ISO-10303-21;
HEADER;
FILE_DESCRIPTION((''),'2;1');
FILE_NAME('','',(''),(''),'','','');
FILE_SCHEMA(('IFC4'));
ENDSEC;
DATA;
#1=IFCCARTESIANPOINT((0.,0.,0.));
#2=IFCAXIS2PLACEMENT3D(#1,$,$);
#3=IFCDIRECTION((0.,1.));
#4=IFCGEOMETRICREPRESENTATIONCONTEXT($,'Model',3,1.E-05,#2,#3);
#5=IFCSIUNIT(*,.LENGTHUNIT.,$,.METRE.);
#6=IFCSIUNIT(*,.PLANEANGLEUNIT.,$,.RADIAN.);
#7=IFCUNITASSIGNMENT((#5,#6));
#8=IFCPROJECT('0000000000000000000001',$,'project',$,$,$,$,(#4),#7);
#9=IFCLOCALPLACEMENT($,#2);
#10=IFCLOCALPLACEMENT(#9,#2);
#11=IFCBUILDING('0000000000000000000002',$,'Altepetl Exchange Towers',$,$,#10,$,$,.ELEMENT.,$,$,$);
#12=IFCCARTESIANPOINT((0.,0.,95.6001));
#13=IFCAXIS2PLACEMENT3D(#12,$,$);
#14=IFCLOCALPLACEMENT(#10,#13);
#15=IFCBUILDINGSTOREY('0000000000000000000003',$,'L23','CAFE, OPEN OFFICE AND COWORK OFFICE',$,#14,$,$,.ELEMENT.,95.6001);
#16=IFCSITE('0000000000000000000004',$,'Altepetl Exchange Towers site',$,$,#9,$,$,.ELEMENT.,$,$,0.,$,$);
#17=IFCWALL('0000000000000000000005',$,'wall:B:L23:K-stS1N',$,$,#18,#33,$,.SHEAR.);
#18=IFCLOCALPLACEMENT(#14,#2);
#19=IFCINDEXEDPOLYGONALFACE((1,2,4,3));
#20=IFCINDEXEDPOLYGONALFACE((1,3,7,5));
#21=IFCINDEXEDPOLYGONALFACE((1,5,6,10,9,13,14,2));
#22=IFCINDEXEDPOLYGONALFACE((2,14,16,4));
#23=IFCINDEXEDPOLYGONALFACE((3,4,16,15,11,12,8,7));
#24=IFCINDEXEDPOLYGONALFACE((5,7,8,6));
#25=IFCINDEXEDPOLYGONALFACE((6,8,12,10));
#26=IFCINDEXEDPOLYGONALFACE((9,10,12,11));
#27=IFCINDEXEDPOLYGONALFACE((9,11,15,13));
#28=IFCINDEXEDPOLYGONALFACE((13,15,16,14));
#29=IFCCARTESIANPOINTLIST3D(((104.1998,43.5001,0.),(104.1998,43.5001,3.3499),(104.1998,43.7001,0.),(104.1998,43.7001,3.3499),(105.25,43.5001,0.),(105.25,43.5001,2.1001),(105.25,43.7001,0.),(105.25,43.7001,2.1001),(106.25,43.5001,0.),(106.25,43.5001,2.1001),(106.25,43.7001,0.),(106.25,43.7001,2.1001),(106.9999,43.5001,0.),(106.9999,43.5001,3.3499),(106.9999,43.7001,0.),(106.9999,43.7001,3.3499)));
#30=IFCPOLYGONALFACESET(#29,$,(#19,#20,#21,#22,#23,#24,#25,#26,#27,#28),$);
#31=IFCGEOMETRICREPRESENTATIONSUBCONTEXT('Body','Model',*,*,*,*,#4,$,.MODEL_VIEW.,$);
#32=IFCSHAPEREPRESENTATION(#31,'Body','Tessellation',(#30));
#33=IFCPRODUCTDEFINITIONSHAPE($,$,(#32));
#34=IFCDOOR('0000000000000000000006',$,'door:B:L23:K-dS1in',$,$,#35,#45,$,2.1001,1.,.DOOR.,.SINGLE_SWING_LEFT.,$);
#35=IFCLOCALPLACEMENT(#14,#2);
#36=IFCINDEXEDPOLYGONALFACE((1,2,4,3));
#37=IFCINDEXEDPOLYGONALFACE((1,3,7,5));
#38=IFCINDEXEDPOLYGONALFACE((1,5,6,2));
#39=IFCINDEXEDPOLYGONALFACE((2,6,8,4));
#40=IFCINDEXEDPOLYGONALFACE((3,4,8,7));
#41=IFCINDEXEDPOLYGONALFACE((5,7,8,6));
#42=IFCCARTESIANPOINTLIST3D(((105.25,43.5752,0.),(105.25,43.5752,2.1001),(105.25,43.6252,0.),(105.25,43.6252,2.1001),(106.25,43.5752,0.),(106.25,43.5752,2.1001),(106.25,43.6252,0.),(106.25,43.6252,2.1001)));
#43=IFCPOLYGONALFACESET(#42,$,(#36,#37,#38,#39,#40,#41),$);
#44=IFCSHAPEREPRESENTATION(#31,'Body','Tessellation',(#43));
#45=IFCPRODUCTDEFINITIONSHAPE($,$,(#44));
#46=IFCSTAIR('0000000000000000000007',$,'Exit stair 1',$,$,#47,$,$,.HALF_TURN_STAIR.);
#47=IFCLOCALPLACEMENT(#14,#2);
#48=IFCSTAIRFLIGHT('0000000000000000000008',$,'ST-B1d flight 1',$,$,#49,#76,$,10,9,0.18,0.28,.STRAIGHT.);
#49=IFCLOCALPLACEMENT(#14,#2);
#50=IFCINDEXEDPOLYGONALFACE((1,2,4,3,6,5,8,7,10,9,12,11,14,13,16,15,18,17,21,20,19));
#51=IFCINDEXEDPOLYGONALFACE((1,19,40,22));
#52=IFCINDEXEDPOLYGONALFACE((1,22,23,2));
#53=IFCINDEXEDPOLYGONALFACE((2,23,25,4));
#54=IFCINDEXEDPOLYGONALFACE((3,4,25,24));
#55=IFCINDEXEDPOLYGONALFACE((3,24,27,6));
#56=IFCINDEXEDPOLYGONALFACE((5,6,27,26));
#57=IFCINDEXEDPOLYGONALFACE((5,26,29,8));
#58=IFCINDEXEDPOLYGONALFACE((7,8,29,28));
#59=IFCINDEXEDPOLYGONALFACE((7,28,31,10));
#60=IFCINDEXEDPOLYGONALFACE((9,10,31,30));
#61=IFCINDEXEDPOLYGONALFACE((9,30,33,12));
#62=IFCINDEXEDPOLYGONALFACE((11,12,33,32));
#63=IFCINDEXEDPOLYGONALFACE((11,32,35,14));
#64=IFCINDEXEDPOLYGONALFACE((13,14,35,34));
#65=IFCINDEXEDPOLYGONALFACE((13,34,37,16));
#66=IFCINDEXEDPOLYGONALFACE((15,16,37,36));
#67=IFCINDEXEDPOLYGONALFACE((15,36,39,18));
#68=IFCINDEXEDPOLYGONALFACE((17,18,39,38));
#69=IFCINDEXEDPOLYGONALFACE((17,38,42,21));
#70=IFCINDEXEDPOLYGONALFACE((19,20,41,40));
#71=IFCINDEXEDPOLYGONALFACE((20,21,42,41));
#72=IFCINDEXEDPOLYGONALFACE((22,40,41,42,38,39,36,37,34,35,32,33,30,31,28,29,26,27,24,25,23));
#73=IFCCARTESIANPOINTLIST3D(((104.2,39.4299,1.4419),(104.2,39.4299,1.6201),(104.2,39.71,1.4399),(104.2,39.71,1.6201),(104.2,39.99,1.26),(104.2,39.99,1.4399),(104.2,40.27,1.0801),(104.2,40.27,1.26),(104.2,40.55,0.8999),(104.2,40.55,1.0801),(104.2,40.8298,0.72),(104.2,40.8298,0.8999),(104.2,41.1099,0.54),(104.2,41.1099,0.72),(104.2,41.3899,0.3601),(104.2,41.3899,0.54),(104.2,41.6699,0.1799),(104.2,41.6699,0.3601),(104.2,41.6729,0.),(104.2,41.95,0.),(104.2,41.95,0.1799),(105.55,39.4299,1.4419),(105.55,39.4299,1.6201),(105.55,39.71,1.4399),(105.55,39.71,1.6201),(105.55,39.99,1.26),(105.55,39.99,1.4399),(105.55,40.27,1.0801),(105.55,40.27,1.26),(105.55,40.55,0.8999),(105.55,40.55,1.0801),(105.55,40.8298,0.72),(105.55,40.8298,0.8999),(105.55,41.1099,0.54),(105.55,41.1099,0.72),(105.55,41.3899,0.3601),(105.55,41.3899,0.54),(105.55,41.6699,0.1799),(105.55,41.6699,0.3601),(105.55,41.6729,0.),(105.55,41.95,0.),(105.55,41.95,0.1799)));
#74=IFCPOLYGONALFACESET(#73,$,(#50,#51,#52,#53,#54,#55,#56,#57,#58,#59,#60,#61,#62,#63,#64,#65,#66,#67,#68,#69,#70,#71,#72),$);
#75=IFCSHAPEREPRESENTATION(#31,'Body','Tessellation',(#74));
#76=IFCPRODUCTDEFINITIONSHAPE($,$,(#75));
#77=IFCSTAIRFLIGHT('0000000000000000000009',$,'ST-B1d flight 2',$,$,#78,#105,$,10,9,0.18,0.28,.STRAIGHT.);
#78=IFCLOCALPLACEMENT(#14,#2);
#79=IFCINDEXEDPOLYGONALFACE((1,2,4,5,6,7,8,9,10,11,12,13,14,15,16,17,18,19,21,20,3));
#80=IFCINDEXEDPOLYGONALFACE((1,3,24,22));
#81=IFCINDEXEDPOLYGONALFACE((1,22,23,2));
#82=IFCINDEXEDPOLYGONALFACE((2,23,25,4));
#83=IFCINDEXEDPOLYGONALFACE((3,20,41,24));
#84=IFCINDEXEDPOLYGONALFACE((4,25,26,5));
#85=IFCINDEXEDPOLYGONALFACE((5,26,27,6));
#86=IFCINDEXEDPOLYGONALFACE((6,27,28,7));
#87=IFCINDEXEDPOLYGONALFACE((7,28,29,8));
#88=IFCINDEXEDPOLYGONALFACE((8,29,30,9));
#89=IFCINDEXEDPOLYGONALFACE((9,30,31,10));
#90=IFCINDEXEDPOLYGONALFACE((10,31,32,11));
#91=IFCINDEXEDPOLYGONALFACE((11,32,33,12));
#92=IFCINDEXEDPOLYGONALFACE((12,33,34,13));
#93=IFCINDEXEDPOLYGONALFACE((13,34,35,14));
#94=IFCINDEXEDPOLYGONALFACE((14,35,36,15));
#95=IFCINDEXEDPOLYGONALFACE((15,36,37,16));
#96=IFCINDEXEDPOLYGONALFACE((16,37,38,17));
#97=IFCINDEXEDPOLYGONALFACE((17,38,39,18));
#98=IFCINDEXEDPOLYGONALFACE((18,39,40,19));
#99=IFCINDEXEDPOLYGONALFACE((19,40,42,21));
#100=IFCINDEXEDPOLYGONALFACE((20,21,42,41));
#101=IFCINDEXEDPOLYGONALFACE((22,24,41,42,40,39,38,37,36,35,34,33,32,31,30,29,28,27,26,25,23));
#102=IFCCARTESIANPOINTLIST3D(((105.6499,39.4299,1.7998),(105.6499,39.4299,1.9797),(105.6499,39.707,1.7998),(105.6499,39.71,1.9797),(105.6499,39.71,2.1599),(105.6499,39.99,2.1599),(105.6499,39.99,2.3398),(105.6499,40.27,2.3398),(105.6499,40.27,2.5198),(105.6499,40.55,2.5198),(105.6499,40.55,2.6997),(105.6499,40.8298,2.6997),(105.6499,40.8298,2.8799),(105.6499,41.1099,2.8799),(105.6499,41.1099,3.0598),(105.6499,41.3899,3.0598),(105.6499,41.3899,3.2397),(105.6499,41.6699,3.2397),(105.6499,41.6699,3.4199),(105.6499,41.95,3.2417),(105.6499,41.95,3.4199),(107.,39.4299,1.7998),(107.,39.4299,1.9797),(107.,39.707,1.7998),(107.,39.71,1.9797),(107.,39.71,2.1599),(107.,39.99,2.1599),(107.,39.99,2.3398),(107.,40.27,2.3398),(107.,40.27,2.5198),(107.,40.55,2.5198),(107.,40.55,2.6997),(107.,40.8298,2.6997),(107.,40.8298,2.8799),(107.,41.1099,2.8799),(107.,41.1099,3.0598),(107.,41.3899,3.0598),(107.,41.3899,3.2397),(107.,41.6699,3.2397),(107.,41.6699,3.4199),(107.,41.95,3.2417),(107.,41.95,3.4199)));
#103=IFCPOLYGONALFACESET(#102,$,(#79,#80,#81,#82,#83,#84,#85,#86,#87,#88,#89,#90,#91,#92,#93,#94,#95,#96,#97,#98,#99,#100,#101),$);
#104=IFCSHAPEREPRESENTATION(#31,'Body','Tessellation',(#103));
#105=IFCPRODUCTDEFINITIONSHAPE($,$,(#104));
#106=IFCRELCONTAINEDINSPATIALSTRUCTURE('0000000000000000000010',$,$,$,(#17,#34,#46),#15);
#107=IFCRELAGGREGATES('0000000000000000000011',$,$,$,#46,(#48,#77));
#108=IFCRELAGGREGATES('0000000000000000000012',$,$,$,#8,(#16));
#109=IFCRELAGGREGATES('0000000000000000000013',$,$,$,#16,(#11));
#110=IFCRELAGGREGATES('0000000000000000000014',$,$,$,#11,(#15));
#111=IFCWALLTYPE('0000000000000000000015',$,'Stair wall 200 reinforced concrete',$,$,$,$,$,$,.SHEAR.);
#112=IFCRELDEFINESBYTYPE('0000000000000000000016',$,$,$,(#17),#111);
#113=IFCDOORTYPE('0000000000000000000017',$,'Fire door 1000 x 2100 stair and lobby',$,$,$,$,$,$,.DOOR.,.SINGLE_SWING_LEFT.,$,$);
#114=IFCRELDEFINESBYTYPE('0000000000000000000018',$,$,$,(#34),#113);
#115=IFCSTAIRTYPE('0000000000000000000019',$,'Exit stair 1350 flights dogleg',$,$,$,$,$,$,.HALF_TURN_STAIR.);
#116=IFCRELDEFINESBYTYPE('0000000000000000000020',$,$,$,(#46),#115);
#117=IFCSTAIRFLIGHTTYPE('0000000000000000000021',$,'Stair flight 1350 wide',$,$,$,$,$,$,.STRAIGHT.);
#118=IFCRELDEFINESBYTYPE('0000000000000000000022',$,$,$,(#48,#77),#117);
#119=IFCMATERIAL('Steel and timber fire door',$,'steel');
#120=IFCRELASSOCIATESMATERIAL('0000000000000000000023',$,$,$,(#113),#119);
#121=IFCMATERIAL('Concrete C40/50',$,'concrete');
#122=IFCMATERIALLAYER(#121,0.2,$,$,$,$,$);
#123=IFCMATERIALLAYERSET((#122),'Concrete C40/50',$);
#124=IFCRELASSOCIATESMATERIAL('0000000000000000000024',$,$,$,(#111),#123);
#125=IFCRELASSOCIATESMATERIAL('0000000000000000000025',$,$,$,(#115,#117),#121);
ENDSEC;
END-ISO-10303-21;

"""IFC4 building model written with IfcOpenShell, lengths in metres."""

from ifc_helpers import new_model, si_unit, direction, frame, frame_2d, origin, place, context, subcontext, project, spatial, polyline, rectangle, outline, extrude, material, layer, layer_set, type_object, element, fill, aggregate, save


model = new_model("IFC4")

# Units and contexts
model_context = context("Model", 3, precision=1e-05, world=origin(), true_north=direction((0.0, 1.0)))
body_context = subcontext(model_context, "Body", "Model", "MODEL_VIEW")
ifc_project = project(units=[si_unit("LENGTHUNIT", "METRE"), si_unit("PLANEANGLEUNIT", "RADIAN")], contexts=[model_context])

# Site, building, storey
site_placement = place(None, origin())
site = spatial("IfcSite", under=ifc_project, at=site_placement, Name="Altepetl Exchange Towers site", CompositionType="ELEMENT", RefElevation=0.0)
building_placement = place(site_placement, origin())
building = spatial("IfcBuilding", under=site, at=building_placement, Name="Altepetl Exchange Towers", CompositionType="ELEMENT")
storey_placement = place(building_placement, frame((0.0, 0.0, 95.6001)))
storey = spatial("IfcBuildingStorey", under=building, at=storey_placement, Name="L23", Description="CAFE, OPEN OFFICE AND COWORK OFFICE", CompositionType="ELEMENT", Elevation=95.6001)

# Shared definitions
ifc_material_1 = material(Name="Steel and timber fire door", Category="steel")
door_type_1 = type_object("IfcDoorType", Name="Fire door 1000 x 2100 stair and lobby", OperationType="SINGLE_SWING_LEFT", PredefinedType="DOOR", material=ifc_material_1)

# Shared definitions
ifc_material_2 = material(Name="Concrete C40/50", Category="concrete")

# Wall, opening, door
ifc_layer_1 = layer(ifc_material_2, 0.2)
ifc_layer_set_1 = layer_set([ifc_layer_1], Name="Concrete C40/50")
wall_type_1 = type_object("IfcWallType", Name="Stair wall 200 reinforced concrete", PredefinedType="SHEAR", material=ifc_layer_set_1)
wall_1_placement = place(storey_placement, frame((104.2, 43.6001, 0.0)))
wall_1 = element("IfcWall", 1, at=wall_1_placement, inside=storey, type_object=wall_type_1, Name="wall:B:L23:K-stS1N", PredefinedType="SHEAR", context=body_context, shape_type="SweptSolid", body=[
    extrude(rectangle(XDim=2.8, YDim=0.2, at=frame_2d((1.3999, 0.0))), origin(), (0.0, 0.0, 1.0), 3.3499),
])
opening_1_placement = place(wall_1_placement, frame((1.05, 0.0, 0.0)))
opening_1 = element("IfcOpeningElement", 2, at=opening_1_placement, cuts=wall_1, PredefinedType="OPENING", context=body_context, shape_type="SweptSolid", body=[
    extrude(rectangle(XDim=1.0, YDim=2.1001, at=frame_2d((0.5, 1.05))), frame((0.0, 0.1099, 0.0), z_axis=(0.0, -1.0, 0.0), x_axis=(1.0, 0.0, 0.0)), (0.0, 0.0, 1.0), 0.22),
])
door_1_placement = place(opening_1_placement, frame((1.0, 0.0, 0.0), x_axis=(-1.0, 0.0, 0.0)))
door_1 = element("IfcDoor", 3, at=door_1_placement, inside=storey, type_object=door_type_1, Name="door:B:L23:K-dS1in", OperationType="SINGLE_SWING_LEFT", OverallHeight=2.1001, OverallWidth=1.0, PredefinedType="DOOR", context=body_context, shape_type="SweptSolid", body=[
    extrude(rectangle(XDim=1.0, YDim=2.1001, at=frame_2d((0.5, 1.05))), frame((0.0, 0.0249, 0.0), z_axis=(0.0, -1.0, 0.0), x_axis=(1.0, 0.0, 0.0)), (0.0, 0.0, 1.0), 0.05),
])
fill(opening_1, door_1)

# Stair, stair flights
stair_type = type_object("IfcStairType", Name="Exit stair 1350 flights dogleg", PredefinedType="HALF_TURN_STAIR", material=ifc_material_2)
stair_placement = place(storey_placement, origin())
stair = element("IfcStair", 4, at=stair_placement, inside=storey, type_object=stair_type, Name="Exit stair 1", PredefinedType="HALF_TURN_STAIR")
stair_flight_type = type_object("IfcStairFlightType", Name="Stair flight 1350 wide", PredefinedType="STRAIGHT", material=ifc_material_2)
stair_flight_1_placement = place(storey_placement, frame((104.875, 41.95, 0.0), z_axis=(0.0, 0.0, 1.0), x_axis=(0.0, -1.0, 0.0)))
stair_flight_1 = element("IfcStairFlight", 5, at=stair_flight_1_placement, type_object=stair_flight_type, Name="ST-B1d flight 1", NumberOfRisers=10, NumberOfTreads=9, PredefinedType="STRAIGHT", RiserHeight=0.18, TreadLength=0.28, context=body_context, shape_type="SweptSolid", body=[
    extrude(outline(polyline([(0.0, 0.0), (0.0, 0.1799), (0.28, 0.1799), (0.28, 0.3601), (0.5601, 0.3601), (0.5601, 0.54), (0.8401, 0.54), (0.8401, 0.72), (1.1201, 0.72), (1.1201, 0.8999), (1.3999, 0.8999), (1.3999, 1.0801), (1.6799, 1.0801), (1.6799, 1.26), (1.96, 1.26), (1.96, 1.4399), (2.24, 1.4399), (2.24, 1.6201), (2.52, 1.6201), (2.52, 1.8), (2.52, 1.4419), (0.2771, 0.0), (0.0, 0.0)])), frame((0.0, 0.675, 0.0), z_axis=(0.0, -1.0, 0.0), x_axis=(1.0, 0.0, 0.0)), (0.0, 0.0, 1.0), 1.3501),
])
stair_flight_2_placement = place(storey_placement, frame((106.325, 39.4299, 1.7998), z_axis=(0.0, 0.0, 1.0), x_axis=(0.0, 1.0, 0.0)))
stair_flight_2 = element("IfcStairFlight", 6, at=stair_flight_2_placement, type_object=stair_flight_type, Name="ST-B1d flight 2", NumberOfRisers=10, NumberOfTreads=9, PredefinedType="STRAIGHT", RiserHeight=0.18, TreadLength=0.28, context=body_context, shape_type="SweptSolid", body=[
    extrude(outline(polyline([(0.0, 0.0), (0.0, 0.1799), (0.28, 0.1799), (0.28, 0.3601), (0.5601, 0.3601), (0.5601, 0.54), (0.8401, 0.54), (0.8401, 0.72), (1.1201, 0.72), (1.1201, 0.8999), (1.3999, 0.8999), (1.3999, 1.0801), (1.6799, 1.0801), (1.6799, 1.26), (1.96, 1.26), (1.96, 1.4399), (2.24, 1.4399), (2.24, 1.6201), (2.52, 1.6201), (2.52, 1.8), (2.52, 1.4419), (0.2771, 0.0), (0.0, 0.0)])), frame((0.0, 0.675, 0.0), z_axis=(0.0, -1.0, 0.0), x_axis=(1.0, 0.0, 0.0)), (0.0, 0.0, 1.0), 1.3501),
])
aggregate(stair, [stair_flight_1, stair_flight_2])

save(model, "model.ifc")
